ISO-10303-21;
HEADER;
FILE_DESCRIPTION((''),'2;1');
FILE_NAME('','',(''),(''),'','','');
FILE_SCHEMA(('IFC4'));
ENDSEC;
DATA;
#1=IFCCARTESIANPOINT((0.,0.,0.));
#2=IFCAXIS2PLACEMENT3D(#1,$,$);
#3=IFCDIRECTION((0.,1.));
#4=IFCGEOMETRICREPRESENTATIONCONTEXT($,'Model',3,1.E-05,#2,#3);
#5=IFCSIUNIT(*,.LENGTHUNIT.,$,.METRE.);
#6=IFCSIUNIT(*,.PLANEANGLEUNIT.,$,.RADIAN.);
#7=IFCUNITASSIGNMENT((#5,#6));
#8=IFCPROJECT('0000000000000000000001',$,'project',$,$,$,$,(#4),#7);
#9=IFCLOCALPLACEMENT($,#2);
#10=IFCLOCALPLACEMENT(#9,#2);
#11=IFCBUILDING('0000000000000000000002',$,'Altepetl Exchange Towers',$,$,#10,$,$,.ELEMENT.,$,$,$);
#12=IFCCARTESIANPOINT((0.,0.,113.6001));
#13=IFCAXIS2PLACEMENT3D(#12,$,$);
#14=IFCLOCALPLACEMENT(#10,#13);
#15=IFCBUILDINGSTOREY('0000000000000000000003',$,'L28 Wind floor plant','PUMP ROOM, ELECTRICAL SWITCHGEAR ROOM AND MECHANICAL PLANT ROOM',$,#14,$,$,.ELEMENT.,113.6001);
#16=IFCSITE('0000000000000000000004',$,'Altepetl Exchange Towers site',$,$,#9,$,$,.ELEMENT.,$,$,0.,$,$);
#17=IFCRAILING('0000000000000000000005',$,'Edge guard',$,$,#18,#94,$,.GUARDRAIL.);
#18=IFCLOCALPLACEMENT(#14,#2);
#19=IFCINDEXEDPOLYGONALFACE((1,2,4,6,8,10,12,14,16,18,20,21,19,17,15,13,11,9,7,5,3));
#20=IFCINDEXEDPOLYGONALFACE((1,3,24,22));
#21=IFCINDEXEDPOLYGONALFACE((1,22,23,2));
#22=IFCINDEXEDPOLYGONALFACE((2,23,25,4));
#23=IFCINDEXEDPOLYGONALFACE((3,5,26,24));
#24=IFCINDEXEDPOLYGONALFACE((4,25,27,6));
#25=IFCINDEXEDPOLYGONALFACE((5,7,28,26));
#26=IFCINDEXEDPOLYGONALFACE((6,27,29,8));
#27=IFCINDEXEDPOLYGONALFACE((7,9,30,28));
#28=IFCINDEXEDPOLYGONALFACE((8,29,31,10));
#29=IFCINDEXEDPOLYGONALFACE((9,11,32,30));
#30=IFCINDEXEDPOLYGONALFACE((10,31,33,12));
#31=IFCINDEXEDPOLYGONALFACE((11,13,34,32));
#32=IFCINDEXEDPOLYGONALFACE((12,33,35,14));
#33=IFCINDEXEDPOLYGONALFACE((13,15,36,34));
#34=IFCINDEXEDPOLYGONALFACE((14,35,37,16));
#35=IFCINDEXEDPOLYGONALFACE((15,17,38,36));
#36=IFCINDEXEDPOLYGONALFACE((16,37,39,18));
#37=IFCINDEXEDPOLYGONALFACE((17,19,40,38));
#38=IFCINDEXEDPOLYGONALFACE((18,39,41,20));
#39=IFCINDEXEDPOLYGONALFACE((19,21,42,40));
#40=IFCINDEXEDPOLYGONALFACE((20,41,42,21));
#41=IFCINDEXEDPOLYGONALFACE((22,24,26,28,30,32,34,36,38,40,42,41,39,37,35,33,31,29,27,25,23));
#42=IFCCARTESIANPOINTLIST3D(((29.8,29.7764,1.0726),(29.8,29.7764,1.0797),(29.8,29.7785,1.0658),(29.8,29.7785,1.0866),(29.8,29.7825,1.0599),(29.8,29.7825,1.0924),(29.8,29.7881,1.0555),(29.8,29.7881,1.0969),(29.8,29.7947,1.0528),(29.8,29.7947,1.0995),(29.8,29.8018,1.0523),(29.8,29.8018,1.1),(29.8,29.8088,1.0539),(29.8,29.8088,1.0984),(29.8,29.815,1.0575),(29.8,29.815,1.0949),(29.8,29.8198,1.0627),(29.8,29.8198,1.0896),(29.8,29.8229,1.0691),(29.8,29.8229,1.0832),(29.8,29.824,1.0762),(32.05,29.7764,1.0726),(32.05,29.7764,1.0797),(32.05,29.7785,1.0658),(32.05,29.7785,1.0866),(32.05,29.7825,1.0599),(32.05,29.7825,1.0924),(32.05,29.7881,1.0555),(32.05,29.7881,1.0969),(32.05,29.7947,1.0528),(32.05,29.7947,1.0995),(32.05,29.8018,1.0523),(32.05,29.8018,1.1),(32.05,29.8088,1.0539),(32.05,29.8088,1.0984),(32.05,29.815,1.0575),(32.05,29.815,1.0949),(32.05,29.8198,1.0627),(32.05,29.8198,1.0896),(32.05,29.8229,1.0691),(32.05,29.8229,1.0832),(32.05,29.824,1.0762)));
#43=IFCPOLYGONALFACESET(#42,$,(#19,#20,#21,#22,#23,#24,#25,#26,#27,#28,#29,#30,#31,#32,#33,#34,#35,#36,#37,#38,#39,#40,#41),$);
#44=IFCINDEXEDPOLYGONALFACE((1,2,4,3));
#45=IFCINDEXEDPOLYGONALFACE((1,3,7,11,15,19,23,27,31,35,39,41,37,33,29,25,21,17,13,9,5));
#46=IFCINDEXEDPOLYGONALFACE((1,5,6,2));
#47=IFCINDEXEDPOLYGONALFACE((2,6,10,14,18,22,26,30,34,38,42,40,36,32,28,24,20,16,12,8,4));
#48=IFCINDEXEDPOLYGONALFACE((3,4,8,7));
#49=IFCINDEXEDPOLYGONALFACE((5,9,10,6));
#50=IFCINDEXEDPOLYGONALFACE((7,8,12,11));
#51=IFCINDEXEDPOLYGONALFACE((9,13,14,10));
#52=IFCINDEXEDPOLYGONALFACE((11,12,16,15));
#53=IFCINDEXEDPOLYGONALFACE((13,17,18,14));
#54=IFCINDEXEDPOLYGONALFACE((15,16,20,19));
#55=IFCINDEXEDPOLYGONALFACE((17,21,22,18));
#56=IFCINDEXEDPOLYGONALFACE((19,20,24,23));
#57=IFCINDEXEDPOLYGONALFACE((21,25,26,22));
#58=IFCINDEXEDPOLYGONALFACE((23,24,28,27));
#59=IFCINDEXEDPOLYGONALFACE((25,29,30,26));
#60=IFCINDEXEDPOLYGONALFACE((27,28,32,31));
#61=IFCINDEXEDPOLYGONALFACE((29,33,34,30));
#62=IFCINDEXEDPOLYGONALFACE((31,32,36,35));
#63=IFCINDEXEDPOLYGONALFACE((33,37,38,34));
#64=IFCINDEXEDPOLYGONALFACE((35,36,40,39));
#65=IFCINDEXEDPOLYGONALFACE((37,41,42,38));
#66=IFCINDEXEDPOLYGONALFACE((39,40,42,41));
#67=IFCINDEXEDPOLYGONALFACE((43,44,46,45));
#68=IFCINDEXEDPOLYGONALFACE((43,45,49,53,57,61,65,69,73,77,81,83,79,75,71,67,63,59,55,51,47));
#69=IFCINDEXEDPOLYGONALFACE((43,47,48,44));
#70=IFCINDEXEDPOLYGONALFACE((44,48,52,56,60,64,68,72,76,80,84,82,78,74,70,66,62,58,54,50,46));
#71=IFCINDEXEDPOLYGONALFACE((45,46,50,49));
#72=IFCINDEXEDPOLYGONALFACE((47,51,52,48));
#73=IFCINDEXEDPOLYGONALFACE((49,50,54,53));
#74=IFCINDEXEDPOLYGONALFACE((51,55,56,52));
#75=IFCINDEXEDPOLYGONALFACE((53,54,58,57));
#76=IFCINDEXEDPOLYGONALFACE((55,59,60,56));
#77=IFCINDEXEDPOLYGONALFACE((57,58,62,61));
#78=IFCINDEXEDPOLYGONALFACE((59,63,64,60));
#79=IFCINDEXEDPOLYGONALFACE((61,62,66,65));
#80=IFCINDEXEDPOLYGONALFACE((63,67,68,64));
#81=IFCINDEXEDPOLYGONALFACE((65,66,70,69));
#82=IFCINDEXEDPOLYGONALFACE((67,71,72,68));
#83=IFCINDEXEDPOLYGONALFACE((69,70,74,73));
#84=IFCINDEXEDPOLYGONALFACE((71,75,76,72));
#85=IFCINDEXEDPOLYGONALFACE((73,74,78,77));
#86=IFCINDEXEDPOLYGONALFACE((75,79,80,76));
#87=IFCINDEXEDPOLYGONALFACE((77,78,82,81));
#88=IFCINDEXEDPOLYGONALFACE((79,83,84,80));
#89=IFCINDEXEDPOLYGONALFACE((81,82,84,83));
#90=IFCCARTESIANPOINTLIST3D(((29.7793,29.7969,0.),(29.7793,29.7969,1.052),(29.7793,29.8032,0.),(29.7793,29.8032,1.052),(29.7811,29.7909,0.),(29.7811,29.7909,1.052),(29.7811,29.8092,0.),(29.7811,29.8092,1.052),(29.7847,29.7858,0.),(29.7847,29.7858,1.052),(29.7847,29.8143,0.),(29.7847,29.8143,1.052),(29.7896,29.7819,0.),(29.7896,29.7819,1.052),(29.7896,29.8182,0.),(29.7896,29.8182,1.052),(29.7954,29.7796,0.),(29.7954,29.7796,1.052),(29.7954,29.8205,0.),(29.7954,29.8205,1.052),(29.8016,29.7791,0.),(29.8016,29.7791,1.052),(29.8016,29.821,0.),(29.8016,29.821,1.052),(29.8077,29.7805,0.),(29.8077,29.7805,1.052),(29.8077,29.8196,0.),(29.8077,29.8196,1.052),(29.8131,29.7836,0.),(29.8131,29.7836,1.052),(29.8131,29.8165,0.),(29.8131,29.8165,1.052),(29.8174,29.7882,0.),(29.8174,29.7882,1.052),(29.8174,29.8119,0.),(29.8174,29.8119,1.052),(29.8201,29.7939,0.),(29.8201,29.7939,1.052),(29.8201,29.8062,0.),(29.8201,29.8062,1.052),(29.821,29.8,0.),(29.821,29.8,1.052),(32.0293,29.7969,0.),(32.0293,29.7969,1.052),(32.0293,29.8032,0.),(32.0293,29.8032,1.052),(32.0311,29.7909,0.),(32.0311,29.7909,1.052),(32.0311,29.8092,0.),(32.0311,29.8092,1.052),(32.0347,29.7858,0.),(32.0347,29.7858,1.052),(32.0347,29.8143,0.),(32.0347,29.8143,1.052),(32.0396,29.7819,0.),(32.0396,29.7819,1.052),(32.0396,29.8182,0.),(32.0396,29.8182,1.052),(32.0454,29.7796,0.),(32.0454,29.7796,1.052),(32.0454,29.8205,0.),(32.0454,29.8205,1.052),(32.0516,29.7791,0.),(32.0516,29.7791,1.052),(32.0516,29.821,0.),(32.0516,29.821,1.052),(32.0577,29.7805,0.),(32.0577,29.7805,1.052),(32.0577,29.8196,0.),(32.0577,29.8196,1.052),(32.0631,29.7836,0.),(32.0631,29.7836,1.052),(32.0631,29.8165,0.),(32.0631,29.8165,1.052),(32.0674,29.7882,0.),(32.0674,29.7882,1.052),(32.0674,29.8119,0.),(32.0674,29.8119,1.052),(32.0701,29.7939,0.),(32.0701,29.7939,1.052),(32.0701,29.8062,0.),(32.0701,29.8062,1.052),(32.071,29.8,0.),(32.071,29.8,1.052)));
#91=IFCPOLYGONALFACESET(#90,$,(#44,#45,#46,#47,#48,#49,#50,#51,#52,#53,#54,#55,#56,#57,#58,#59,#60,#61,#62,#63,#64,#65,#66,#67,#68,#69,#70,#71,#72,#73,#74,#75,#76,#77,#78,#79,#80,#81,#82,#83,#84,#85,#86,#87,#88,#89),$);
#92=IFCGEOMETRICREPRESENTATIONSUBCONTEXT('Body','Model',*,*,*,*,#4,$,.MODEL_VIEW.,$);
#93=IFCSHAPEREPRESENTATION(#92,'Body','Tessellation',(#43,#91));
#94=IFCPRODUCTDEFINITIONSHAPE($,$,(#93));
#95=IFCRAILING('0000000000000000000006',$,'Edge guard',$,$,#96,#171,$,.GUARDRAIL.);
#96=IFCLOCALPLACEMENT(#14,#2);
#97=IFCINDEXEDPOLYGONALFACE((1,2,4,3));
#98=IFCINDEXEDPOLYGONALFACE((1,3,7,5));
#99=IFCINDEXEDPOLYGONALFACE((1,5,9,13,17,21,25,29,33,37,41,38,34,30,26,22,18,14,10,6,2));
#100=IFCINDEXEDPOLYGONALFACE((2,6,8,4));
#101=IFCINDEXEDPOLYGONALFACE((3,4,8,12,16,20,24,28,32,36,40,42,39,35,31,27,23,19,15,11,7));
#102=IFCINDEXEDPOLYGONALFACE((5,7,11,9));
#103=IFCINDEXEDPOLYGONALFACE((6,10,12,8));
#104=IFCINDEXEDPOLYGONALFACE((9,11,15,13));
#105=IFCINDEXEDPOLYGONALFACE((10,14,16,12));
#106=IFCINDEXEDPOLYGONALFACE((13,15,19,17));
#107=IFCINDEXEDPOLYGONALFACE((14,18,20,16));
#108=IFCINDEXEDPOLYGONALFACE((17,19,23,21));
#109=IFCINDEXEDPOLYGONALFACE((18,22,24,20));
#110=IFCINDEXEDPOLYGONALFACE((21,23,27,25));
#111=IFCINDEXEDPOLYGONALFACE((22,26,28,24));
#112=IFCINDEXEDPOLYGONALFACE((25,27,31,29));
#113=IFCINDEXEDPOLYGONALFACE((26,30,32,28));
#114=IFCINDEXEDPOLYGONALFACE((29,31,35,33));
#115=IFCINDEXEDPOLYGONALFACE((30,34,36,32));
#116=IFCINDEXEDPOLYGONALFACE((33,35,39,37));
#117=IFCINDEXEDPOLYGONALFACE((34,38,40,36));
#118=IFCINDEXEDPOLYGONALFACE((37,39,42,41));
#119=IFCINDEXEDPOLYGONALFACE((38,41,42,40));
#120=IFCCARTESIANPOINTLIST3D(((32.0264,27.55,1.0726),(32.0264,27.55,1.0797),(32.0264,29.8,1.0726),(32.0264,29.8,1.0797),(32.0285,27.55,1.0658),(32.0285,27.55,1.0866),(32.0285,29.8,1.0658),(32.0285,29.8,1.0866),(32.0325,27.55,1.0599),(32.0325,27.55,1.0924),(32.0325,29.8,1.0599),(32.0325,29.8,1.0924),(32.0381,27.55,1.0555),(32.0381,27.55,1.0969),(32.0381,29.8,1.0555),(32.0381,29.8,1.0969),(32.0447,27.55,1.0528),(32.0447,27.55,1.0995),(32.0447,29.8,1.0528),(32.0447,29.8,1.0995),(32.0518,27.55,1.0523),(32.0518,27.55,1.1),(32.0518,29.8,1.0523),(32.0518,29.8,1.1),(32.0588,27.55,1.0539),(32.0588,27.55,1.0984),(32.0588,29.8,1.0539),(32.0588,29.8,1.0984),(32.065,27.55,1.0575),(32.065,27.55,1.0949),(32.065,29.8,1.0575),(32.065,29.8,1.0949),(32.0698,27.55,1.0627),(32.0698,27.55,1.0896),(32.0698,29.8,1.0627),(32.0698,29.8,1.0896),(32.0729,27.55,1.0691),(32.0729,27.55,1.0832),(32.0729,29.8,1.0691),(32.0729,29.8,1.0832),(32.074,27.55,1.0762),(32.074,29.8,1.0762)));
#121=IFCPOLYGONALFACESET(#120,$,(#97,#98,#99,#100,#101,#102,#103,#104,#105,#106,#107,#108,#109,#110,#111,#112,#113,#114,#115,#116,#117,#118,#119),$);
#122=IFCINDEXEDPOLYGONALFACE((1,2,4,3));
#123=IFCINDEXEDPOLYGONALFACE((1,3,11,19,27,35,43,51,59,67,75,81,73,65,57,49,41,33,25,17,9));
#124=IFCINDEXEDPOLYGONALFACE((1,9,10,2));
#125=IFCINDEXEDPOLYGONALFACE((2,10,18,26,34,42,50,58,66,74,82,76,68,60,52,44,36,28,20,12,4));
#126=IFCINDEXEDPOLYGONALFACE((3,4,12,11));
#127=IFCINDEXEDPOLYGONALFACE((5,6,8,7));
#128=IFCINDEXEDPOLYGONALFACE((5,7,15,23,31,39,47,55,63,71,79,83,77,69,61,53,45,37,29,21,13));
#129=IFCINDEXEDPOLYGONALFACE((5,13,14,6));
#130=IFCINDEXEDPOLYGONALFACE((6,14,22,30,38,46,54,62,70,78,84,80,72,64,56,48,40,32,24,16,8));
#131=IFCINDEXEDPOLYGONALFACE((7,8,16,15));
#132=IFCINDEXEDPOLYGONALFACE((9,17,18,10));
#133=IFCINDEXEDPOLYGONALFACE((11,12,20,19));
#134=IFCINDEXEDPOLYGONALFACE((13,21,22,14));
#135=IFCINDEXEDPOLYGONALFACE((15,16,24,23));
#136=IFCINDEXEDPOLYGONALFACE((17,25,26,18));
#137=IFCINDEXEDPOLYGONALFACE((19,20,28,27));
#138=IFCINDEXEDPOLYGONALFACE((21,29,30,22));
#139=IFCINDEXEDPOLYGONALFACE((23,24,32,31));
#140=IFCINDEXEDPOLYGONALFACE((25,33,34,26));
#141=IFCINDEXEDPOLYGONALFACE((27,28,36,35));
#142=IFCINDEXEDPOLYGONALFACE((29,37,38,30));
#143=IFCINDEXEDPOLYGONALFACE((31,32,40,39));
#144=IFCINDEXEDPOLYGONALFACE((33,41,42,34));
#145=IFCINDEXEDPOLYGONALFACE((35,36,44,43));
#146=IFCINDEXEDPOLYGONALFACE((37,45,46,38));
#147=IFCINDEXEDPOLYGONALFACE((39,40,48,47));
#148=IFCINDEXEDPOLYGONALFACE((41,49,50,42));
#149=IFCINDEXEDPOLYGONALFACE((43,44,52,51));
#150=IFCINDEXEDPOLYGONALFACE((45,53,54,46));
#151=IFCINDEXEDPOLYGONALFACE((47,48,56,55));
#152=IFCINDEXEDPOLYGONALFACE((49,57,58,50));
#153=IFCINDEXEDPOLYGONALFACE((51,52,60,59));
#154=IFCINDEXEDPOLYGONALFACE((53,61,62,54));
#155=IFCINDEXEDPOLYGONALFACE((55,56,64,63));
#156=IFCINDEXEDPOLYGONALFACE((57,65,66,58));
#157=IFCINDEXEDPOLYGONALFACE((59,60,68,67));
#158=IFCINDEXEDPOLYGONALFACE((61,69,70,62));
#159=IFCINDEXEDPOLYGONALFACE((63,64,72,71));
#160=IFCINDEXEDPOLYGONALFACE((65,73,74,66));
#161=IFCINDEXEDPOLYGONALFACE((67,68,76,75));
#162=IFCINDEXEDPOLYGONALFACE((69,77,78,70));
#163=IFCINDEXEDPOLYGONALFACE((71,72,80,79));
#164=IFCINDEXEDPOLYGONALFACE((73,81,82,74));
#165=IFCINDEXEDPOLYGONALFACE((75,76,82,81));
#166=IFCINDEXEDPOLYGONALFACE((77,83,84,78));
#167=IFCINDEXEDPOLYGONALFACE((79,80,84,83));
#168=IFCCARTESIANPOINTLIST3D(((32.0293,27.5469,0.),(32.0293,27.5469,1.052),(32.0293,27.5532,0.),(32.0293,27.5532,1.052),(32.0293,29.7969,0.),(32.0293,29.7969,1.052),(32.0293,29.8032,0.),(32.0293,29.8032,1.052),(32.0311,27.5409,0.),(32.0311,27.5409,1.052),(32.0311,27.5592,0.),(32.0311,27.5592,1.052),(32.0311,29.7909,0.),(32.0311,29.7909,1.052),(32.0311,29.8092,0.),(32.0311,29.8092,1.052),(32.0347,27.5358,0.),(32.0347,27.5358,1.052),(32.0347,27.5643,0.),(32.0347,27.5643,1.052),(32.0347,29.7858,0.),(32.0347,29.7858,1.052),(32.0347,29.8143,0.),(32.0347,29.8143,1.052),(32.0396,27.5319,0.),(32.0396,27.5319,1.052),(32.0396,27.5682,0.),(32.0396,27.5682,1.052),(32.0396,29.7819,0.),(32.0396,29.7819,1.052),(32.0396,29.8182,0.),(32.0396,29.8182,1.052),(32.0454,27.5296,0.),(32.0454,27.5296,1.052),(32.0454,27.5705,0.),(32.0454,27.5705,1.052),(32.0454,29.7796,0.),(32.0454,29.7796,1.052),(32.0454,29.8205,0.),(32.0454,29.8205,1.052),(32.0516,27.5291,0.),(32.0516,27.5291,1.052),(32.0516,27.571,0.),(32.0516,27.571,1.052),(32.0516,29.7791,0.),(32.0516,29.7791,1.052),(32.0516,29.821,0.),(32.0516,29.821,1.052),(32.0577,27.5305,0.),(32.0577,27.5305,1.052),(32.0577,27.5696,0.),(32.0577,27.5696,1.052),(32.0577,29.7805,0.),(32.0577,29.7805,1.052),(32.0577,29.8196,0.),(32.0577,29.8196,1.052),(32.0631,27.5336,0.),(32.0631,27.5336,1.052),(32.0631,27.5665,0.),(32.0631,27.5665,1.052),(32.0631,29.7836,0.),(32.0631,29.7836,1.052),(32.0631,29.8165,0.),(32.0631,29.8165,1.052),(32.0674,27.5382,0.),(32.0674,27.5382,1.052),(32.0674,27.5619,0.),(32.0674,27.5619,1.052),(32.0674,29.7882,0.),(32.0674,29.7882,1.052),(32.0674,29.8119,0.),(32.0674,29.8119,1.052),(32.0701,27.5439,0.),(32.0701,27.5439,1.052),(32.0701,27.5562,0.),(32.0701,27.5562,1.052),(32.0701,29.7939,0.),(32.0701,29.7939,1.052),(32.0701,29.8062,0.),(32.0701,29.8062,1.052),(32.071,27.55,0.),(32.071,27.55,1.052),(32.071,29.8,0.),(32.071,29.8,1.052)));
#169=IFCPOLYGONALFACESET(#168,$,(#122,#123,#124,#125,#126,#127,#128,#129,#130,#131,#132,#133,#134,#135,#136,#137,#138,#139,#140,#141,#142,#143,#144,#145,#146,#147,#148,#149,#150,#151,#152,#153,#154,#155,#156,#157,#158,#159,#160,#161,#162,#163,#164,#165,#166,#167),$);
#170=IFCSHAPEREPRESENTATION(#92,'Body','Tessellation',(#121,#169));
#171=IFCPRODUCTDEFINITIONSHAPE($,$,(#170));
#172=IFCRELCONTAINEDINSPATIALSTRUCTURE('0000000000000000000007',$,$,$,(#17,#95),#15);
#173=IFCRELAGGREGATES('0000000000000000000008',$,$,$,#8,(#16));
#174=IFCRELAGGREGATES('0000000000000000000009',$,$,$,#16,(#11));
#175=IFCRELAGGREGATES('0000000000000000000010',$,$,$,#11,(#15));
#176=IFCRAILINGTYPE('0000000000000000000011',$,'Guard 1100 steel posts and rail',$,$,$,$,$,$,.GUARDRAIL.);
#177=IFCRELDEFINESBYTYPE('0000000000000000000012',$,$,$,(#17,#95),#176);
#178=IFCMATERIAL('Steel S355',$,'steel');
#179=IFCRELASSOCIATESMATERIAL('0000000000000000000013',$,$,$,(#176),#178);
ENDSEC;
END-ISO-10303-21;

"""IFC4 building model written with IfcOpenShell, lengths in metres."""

from ifc_helpers import new_model, si_unit, direction, frame, origin, origin_2d, place, context, subcontext, project, spatial, circle, extrude, source, transform, mapped, material, type_object, element, save


model = new_model("IFC4")

# Units and contexts
model_context = context("Model", 3, precision=1e-05, world=origin(), true_north=direction((0.0, 1.0)))
body_context = subcontext(model_context, "Body", "Model", "MODEL_VIEW")
ifc_project = project(units=[si_unit("LENGTHUNIT", "METRE"), si_unit("PLANEANGLEUNIT", "RADIAN")], contexts=[model_context])

# Site, building, storey
site_placement = place(None, origin())
site = spatial("IfcSite", under=ifc_project, at=site_placement, Name="Altepetl Exchange Towers site", CompositionType="ELEMENT", RefElevation=0.0)
building_placement = place(site_placement, origin())
building = spatial("IfcBuilding", under=site, at=building_placement, Name="Altepetl Exchange Towers", CompositionType="ELEMENT")
storey_placement = place(building_placement, frame((0.0, 0.0, 113.6001)))
storey = spatial("IfcBuildingStorey", under=building, at=storey_placement, Name="L28 Wind floor plant", Description="PUMP ROOM, ELECTRICAL SWITCHGEAR ROOM AND MECHANICAL PLANT ROOM", CompositionType="ELEMENT", Elevation=113.6001)

# Shared definitions
ifc_material_1 = material(Name="Steel S355", Category="steel")

# Railings
railing_type = type_object("IfcRailingType", Name="Guard 1100 steel posts and rail", PredefinedType="GUARDRAIL", material=ifc_material_1)
shared_shape = source(origin(), body_context, "Body", "SweptSolid", [
    extrude(circle(Radius=0.021, at=origin_2d()), origin(), (0.0, 0.0, 1.0), 1.052),
])
railing_1_placement = place(storey_placement, frame((29.8, 29.8, 0.0)))
element("IfcRailing", 1, at=railing_1_placement, inside=storey, type_object=railing_type, Name="Edge guard", PredefinedType="GUARDRAIL", context=body_context, shape_type="SweptSolid", body=[
    extrude(circle(Radius=0.0239, at=origin_2d()), frame((0.0, 0.0, 1.0762), z_axis=(1.0, 0.0, 0.0), x_axis=(0.0, 1.0, 0.0)), (0.0, 0.0, 1.0), 2.25),
    mapped(shared_shape, transform((0.0, 0.0, 0.0))),
    mapped(shared_shape, transform((2.25, 0.0, 0.0))),
])
railing_2_placement = place(storey_placement, frame((32.05, 29.8, 0.0)))
element("IfcRailing", 2, at=railing_2_placement, inside=storey, type_object=railing_type, Name="Edge guard", PredefinedType="GUARDRAIL", context=body_context, shape_type="SweptSolid", body=[
    extrude(circle(Radius=0.0239, at=origin_2d()), frame((0.0, 0.0, 1.0762), z_axis=(0.0, -1.0, 0.0), x_axis=(1.0, 0.0, 0.0)), (0.0, 0.0, 1.0), 2.25),
    mapped(shared_shape, transform((0.0, 0.0, 0.0))),
    mapped(shared_shape, transform((0.0, -2.25, 0.0))),
])

save(model, "model.ifc")
